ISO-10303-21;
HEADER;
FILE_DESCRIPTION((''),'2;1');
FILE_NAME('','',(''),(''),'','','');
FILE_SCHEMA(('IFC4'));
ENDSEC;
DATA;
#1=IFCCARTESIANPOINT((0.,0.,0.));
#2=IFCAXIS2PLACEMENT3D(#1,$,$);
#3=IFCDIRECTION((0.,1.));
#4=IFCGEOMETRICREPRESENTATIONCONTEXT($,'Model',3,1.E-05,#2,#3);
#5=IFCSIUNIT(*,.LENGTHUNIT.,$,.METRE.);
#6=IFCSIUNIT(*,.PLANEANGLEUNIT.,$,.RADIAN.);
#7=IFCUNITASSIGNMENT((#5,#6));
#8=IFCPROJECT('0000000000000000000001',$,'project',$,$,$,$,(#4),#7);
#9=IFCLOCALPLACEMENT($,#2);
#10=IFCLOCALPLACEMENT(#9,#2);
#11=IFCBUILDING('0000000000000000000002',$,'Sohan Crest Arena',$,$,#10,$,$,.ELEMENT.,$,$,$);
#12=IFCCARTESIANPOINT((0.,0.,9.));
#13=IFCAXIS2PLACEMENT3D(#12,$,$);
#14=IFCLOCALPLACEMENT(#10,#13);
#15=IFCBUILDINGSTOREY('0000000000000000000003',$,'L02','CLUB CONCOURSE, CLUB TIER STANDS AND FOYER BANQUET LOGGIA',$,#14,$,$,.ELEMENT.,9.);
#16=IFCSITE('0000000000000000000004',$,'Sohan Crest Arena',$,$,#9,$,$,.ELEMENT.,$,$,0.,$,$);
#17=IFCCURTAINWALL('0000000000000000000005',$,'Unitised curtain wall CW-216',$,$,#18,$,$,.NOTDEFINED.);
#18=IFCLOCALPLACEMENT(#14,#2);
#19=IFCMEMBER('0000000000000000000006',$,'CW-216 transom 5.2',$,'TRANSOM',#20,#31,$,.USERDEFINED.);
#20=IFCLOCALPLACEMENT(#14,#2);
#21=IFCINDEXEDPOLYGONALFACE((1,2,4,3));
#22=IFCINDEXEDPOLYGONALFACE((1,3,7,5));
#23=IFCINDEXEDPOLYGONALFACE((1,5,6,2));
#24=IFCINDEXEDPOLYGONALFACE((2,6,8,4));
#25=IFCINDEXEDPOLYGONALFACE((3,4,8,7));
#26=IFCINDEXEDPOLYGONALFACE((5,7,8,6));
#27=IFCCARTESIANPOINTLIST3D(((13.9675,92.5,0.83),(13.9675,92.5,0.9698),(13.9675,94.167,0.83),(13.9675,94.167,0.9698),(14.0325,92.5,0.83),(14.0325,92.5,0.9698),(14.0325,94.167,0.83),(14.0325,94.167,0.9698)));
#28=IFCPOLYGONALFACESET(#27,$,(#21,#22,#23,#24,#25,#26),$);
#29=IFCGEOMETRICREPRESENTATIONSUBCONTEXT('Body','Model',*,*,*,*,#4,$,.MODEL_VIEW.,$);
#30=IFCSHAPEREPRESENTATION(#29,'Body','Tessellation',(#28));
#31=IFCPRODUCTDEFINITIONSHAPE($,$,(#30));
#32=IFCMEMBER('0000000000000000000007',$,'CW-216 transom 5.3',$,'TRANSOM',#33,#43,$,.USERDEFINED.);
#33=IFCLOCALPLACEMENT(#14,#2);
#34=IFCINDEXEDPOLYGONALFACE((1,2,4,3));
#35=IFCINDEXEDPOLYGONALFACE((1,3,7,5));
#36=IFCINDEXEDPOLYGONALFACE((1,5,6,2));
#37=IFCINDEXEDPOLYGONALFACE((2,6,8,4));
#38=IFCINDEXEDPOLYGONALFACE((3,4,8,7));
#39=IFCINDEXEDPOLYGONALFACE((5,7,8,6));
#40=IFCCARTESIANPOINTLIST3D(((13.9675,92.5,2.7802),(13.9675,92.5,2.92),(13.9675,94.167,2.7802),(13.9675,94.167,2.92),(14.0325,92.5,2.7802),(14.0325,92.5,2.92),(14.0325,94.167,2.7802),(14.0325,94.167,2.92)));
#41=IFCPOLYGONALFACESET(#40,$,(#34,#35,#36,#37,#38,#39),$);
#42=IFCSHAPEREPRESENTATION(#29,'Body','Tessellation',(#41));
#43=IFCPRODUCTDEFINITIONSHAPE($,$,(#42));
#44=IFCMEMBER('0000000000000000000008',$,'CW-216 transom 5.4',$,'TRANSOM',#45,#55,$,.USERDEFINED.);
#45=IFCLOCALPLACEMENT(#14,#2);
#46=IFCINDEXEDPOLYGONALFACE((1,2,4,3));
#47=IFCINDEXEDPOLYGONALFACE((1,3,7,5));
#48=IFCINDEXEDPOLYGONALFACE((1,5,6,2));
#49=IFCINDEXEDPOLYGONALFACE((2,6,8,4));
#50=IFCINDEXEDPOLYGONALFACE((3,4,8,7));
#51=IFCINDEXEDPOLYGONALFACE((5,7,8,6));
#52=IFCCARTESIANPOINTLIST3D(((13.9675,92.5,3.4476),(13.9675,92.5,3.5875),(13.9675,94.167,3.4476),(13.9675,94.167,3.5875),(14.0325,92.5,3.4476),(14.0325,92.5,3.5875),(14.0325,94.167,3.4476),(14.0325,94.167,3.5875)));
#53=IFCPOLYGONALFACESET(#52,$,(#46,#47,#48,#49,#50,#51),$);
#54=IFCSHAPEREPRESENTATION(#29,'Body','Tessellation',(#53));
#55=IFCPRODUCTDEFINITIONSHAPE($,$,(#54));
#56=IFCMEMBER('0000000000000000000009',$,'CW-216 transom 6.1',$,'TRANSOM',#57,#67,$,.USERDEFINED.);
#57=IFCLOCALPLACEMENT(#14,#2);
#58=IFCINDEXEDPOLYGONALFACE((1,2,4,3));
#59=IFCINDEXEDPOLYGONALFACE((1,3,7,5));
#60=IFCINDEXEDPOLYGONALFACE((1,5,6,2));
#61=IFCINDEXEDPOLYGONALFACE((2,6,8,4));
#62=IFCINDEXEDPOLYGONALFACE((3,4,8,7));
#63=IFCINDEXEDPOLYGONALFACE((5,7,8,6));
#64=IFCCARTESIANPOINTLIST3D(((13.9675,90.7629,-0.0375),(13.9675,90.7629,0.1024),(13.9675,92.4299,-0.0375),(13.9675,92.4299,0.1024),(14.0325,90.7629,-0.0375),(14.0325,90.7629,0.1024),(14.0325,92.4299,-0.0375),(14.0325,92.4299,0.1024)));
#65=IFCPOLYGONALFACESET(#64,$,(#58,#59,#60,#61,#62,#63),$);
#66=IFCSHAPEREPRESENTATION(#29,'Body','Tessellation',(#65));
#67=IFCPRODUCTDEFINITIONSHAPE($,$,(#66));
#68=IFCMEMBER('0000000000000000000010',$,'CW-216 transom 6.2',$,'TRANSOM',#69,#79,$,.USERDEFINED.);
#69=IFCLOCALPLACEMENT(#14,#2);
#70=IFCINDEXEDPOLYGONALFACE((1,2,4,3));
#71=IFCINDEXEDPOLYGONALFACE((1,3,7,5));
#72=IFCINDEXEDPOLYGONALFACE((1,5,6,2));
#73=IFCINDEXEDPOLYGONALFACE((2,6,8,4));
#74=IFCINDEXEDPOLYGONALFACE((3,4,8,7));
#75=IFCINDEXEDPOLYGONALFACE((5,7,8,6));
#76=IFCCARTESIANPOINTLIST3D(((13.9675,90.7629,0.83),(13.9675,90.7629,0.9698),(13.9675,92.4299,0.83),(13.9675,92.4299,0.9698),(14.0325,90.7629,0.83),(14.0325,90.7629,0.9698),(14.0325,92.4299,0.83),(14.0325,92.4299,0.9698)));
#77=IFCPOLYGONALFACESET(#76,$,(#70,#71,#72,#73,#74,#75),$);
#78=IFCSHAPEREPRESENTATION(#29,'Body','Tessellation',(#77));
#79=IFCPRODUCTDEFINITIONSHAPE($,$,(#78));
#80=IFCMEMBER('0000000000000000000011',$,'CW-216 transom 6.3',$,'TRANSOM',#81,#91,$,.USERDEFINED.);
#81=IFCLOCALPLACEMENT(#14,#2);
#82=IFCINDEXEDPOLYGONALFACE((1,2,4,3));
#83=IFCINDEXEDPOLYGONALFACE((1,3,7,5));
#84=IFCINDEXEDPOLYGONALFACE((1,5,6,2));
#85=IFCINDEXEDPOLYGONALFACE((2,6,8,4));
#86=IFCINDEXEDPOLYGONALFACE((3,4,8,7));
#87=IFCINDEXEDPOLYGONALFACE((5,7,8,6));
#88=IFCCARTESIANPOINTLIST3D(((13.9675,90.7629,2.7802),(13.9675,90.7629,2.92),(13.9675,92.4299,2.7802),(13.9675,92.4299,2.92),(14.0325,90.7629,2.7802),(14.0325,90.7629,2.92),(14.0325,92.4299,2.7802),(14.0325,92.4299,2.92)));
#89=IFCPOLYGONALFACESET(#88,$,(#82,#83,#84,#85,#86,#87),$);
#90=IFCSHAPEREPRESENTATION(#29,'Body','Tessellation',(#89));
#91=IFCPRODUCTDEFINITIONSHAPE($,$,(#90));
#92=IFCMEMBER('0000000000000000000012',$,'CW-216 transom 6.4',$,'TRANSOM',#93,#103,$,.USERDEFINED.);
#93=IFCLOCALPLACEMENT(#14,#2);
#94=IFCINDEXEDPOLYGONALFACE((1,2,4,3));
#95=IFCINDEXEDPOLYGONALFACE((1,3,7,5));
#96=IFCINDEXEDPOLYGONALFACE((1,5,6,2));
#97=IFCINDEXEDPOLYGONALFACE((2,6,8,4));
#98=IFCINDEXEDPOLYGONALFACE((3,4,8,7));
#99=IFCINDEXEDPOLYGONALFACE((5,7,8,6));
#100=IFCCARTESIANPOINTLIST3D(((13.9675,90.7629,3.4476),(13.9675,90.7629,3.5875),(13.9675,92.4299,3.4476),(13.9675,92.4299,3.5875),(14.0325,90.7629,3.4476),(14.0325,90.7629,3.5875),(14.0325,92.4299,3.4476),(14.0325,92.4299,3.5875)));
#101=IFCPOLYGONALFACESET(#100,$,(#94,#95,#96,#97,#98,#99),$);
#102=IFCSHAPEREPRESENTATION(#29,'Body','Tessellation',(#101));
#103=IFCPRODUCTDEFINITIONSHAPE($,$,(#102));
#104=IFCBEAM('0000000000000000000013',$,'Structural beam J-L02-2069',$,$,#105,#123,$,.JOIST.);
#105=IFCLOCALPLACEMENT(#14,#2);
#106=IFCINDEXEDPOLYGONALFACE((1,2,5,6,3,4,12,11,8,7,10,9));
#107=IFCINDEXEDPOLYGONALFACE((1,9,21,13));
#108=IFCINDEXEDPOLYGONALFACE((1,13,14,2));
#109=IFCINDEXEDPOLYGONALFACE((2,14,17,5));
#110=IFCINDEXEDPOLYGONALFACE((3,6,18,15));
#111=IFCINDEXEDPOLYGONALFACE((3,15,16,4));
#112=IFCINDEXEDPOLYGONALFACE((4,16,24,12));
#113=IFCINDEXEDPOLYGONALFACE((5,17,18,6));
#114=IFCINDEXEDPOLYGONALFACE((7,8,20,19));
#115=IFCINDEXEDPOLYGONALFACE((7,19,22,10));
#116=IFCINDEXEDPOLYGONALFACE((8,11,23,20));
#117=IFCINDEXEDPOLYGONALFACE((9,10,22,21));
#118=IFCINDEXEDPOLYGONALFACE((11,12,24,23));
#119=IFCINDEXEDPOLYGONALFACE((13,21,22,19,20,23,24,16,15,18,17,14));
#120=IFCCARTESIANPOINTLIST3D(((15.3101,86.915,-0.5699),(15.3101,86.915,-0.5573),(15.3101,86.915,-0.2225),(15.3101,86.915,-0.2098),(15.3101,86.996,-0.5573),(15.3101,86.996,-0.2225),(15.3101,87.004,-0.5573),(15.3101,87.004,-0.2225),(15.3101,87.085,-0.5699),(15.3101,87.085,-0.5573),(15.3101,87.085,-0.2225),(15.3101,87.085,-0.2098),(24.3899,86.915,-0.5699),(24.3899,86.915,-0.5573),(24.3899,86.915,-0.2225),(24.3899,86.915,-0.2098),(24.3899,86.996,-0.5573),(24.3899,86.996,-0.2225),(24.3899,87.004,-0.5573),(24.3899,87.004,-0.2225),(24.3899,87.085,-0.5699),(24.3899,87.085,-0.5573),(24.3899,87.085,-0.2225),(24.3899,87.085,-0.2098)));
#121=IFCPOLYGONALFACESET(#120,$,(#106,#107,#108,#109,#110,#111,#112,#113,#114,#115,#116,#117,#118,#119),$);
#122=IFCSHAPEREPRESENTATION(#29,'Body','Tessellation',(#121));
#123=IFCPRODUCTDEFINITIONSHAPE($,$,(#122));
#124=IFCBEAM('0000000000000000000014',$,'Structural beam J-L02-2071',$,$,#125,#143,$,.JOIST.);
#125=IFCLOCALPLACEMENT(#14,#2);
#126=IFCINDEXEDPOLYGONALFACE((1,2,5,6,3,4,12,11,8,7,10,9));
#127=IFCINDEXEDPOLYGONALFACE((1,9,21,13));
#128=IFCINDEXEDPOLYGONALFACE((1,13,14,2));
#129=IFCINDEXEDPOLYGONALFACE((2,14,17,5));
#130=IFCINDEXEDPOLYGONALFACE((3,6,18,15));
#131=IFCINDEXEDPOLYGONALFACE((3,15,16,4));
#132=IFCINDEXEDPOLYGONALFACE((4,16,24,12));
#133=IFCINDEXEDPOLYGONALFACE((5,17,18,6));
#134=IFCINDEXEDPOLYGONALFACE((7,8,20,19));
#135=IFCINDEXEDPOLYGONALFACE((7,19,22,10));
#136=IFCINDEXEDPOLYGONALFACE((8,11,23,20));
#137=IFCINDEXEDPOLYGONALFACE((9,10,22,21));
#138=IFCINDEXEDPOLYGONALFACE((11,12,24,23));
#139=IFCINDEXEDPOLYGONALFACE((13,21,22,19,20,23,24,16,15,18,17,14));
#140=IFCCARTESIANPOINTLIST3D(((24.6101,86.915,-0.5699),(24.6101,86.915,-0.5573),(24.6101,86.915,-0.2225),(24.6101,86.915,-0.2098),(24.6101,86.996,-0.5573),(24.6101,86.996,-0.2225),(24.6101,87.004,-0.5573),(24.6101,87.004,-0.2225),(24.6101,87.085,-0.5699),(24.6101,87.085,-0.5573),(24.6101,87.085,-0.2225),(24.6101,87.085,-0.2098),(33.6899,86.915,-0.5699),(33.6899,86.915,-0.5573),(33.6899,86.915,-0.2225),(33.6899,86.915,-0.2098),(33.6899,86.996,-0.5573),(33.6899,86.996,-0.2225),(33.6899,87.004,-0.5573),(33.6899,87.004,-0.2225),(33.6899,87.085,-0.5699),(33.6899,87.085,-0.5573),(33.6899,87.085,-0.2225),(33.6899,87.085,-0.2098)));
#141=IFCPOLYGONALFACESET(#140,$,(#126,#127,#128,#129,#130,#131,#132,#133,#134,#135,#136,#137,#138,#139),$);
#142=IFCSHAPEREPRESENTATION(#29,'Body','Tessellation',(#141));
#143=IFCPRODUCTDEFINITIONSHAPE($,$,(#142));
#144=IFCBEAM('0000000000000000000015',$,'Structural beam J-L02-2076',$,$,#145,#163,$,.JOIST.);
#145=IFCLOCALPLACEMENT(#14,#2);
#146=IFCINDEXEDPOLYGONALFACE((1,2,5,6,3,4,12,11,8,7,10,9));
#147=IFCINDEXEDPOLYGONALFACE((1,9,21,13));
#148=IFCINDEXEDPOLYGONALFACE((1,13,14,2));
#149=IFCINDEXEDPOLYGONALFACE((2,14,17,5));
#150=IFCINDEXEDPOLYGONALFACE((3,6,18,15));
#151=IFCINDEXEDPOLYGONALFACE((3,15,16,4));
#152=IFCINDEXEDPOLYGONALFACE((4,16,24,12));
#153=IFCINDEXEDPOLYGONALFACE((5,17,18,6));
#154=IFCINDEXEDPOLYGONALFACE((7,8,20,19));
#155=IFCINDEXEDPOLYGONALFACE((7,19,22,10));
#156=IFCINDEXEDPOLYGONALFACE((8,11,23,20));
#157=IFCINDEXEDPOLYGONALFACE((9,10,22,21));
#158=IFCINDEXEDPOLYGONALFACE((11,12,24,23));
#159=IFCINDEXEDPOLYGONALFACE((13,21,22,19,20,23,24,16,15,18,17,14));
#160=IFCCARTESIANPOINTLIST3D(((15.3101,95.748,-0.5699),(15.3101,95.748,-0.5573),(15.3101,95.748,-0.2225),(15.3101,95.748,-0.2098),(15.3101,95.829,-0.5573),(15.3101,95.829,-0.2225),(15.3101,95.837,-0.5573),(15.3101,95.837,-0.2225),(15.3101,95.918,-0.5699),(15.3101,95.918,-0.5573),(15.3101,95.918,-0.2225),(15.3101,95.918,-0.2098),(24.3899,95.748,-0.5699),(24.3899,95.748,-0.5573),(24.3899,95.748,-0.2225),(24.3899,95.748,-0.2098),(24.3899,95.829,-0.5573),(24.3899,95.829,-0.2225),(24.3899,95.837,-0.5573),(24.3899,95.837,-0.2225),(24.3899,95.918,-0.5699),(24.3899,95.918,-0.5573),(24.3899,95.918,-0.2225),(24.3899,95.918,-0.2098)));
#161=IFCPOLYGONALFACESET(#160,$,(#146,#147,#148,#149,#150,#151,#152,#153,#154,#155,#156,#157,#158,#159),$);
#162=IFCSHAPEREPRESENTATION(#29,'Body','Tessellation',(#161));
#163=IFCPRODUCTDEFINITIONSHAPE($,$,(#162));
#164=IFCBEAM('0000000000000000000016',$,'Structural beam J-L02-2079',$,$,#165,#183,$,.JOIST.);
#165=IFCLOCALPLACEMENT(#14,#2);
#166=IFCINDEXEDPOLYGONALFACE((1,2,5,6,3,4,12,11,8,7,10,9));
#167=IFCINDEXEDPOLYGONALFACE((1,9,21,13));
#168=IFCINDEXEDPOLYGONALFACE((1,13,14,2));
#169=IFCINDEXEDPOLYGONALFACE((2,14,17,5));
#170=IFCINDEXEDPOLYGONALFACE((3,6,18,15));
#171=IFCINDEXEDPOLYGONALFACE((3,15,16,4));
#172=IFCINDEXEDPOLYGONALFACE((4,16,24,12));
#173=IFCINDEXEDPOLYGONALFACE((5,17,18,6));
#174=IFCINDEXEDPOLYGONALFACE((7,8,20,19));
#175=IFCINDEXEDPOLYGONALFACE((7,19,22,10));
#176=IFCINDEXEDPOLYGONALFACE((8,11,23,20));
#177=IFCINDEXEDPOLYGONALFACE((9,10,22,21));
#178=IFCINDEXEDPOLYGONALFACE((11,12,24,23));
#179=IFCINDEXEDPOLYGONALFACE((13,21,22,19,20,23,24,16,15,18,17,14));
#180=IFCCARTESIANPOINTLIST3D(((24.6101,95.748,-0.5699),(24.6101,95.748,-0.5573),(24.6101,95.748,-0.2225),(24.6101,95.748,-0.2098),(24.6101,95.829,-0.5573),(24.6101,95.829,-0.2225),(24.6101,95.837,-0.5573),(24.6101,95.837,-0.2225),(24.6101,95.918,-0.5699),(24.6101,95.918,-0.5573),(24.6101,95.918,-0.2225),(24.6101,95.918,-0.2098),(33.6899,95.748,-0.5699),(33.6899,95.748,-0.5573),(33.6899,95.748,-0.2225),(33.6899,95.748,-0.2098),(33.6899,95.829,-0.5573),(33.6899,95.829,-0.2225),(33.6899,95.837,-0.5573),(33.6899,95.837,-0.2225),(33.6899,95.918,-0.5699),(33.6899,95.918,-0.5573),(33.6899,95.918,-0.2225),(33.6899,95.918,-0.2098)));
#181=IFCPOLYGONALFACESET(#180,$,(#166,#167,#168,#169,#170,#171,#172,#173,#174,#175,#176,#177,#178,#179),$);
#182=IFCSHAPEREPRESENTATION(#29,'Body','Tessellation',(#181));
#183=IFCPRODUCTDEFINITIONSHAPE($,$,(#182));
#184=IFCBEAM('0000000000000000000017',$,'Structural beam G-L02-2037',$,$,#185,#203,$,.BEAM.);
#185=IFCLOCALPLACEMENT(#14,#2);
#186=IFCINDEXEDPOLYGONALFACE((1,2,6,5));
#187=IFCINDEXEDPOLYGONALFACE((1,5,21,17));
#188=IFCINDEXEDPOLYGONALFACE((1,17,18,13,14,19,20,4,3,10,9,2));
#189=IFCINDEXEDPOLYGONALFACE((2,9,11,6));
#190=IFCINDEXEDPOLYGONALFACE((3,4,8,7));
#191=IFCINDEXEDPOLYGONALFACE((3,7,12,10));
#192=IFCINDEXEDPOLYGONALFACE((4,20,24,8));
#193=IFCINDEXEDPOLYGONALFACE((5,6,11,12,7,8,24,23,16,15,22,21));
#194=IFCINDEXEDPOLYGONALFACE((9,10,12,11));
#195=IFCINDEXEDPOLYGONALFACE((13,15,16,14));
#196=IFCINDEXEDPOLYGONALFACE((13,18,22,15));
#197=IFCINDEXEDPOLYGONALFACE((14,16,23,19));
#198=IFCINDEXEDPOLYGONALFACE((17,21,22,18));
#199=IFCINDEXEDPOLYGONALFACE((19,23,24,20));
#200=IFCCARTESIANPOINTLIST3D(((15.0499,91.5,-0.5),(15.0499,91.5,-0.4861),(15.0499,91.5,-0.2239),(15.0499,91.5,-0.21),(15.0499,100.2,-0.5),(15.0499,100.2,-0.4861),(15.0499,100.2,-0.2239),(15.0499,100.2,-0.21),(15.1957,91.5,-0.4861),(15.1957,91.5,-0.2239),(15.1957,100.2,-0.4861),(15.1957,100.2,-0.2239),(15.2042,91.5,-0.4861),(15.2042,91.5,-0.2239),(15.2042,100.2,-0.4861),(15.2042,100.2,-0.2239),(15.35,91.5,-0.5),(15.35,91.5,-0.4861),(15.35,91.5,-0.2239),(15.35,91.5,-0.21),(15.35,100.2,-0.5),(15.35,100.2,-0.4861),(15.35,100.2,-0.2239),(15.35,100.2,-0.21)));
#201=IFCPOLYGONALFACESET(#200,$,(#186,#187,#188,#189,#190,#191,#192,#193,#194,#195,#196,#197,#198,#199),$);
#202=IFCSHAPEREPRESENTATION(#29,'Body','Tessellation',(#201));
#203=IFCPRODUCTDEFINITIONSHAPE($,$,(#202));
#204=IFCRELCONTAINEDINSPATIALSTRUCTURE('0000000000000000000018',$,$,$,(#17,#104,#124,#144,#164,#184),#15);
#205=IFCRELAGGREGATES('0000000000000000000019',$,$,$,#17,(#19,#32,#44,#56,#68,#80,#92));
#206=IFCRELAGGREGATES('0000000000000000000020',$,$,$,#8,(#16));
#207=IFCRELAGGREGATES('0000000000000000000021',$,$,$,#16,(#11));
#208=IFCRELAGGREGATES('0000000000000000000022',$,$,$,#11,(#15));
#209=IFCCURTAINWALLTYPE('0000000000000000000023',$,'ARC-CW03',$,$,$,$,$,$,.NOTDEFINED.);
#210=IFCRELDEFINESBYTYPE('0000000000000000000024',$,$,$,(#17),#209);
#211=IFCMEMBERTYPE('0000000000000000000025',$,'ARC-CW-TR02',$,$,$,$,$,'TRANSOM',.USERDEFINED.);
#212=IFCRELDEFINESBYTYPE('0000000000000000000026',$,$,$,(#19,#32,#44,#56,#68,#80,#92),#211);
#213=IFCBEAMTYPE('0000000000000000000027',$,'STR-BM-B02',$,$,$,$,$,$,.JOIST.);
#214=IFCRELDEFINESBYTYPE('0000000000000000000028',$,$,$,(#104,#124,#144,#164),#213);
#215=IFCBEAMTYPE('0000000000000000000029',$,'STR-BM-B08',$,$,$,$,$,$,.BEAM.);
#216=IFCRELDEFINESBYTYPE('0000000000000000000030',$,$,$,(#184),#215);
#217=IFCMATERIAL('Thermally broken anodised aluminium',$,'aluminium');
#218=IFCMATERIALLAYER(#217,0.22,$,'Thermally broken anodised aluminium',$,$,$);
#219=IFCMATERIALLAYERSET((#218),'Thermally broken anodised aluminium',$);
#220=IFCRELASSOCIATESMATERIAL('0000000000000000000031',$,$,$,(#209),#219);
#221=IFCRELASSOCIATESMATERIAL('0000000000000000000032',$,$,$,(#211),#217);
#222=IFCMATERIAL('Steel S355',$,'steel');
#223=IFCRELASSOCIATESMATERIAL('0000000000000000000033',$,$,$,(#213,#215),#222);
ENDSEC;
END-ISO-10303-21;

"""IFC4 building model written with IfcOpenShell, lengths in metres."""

from ifc_helpers import new_model, si_unit, direction, frame, origin, origin_2d, place, context, subcontext, project, spatial, rectangle, i_section, extrude, material, layer, layer_set, material_profile, profile_set, type_object, element, aggregate, save


model = new_model("IFC4")

# Units and contexts
model_context = context("Model", 3, precision=1e-05, world=origin(), true_north=direction((0.0, 1.0)))
body_context = subcontext(model_context, "Body", "Model", "MODEL_VIEW")
ifc_project = project(units=[si_unit("LENGTHUNIT", "METRE"), si_unit("PLANEANGLEUNIT", "RADIAN")], contexts=[model_context])

# Site, building, storey
site_placement = place(None, origin())
site = spatial("IfcSite", under=ifc_project, at=site_placement, Name="Sohan Crest Arena", CompositionType="ELEMENT", RefElevation=0.0)
building_placement = place(site_placement, origin())
building = spatial("IfcBuilding", under=site, at=building_placement, Name="Sohan Crest Arena", CompositionType="ELEMENT")
storey_placement = place(building_placement, frame((0.0, 0.0, 9.0)))
storey = spatial("IfcBuildingStorey", under=building, at=storey_placement, Name="L02", Description="CLUB CONCOURSE, CLUB TIER STANDS AND FOYER BANQUET LOGGIA", CompositionType="ELEMENT", Elevation=9.0)

# Curtain wall, members
ifc_material_1 = material(Name="Thermally broken anodised aluminium", Category="aluminium")
ifc_layer_1 = layer(ifc_material_1, 0.22, Name="Thermally broken anodised aluminium")
ifc_layer_set_1 = layer_set([ifc_layer_1], Name="Thermally broken anodised aluminium")
curtain_wall_type = type_object("IfcCurtainWallType", Name="ARC-CW03", PredefinedType="NOTDEFINED", material=ifc_layer_set_1)
curtain_wall_placement = place(storey_placement, origin())
curtain_wall = element("IfcCurtainWall", 1, at=curtain_wall_placement, inside=storey, type_object=curtain_wall_type, Name="Unitised curtain wall CW-216", PredefinedType="NOTDEFINED")
ifc_material_profile_1 = material_profile(ifc_material_1, rectangle(XDim=0.0649, YDim=0.1399, at=origin_2d()), Name="ALU-TRAN 65x140")
ifc_profile_set_1 = profile_set([ifc_material_profile_1], Name="Thermally broken anodised aluminium")
member_type_1 = type_object("IfcMemberType", Name="ARC-CW-TR02", ElementType="TRANSOM", PredefinedType="USERDEFINED", material=ifc_profile_set_1)
member_1_placement = place(storey_placement, frame((14.0, 94.167, 0.8999), z_axis=(0.0, -1.0, 0.0), x_axis=(1.0, 0.0, 0.0)))
member_1 = element("IfcMember", 2, at=member_1_placement, type_object=member_type_1, Name="CW-216 transom 5.2", ObjectType="TRANSOM", PredefinedType="USERDEFINED", context=body_context, shape_type="SweptSolid", body=[
    extrude(rectangle(XDim=0.0649, YDim=0.1399, at=origin_2d()), origin(), (0.0, 0.0, 1.0), 1.667),
])
member_2_placement = place(storey_placement, frame((14.0, 94.167, 2.8501), z_axis=(0.0, -1.0, 0.0), x_axis=(1.0, 0.0, 0.0)))
member_2 = element("IfcMember", 3, at=member_2_placement, type_object=member_type_1, Name="CW-216 transom 5.3", ObjectType="TRANSOM", PredefinedType="USERDEFINED", context=body_context, shape_type="SweptSolid", body=[
    extrude(rectangle(XDim=0.0649, YDim=0.1399, at=origin_2d()), origin(), (0.0, 0.0, 1.0), 1.667),
])
member_3_placement = place(storey_placement, frame((14.0, 94.167, 3.5176), z_axis=(0.0, -1.0, 0.0), x_axis=(1.0, 0.0, 0.0)))
member_3 = element("IfcMember", 4, at=member_3_placement, type_object=member_type_1, Name="CW-216 transom 5.4", ObjectType="TRANSOM", PredefinedType="USERDEFINED", context=body_context, shape_type="SweptSolid", body=[
    extrude(rectangle(XDim=0.0649, YDim=0.1399, at=origin_2d()), origin(), (0.0, 0.0, 1.0), 1.667),
])
member_4_placement = place(storey_placement, frame((14.0, 92.4299, 0.0325), z_axis=(0.0, -1.0, 0.0), x_axis=(1.0, 0.0, 0.0)))
member_4 = element("IfcMember", 5, at=member_4_placement, type_object=member_type_1, Name="CW-216 transom 6.1", ObjectType="TRANSOM", PredefinedType="USERDEFINED", context=body_context, shape_type="SweptSolid", body=[
    extrude(rectangle(XDim=0.0649, YDim=0.1399, at=origin_2d()), origin(), (0.0, 0.0, 1.0), 1.667),
])
member_5_placement = place(storey_placement, frame((14.0, 92.4299, 0.8999), z_axis=(0.0, -1.0, 0.0), x_axis=(1.0, 0.0, 0.0)))
member_5 = element("IfcMember", 6, at=member_5_placement, type_object=member_type_1, Name="CW-216 transom 6.2", ObjectType="TRANSOM", PredefinedType="USERDEFINED", context=body_context, shape_type="SweptSolid", body=[
    extrude(rectangle(XDim=0.0649, YDim=0.1399, at=origin_2d()), origin(), (0.0, 0.0, 1.0), 1.667),
])
member_6_placement = place(storey_placement, frame((14.0, 92.4299, 2.8501), z_axis=(0.0, -1.0, 0.0), x_axis=(1.0, 0.0, 0.0)))
member_6 = element("IfcMember", 7, at=member_6_placement, type_object=member_type_1, Name="CW-216 transom 6.3", ObjectType="TRANSOM", PredefinedType="USERDEFINED", context=body_context, shape_type="SweptSolid", body=[
    extrude(rectangle(XDim=0.0649, YDim=0.1399, at=origin_2d()), origin(), (0.0, 0.0, 1.0), 1.667),
])
member_7_placement = place(storey_placement, frame((14.0, 92.4299, 3.5176), z_axis=(0.0, -1.0, 0.0), x_axis=(1.0, 0.0, 0.0)))
member_7 = element("IfcMember", 8, at=member_7_placement, type_object=member_type_1, Name="CW-216 transom 6.4", ObjectType="TRANSOM", PredefinedType="USERDEFINED", context=body_context, shape_type="SweptSolid", body=[
    extrude(rectangle(XDim=0.0649, YDim=0.1399, at=origin_2d()), origin(), (0.0, 0.0, 1.0), 1.667),
])

# Beams
ifc_material_2 = material(Name="Steel S355", Category="steel")
ifc_material_profile_2 = material_profile(ifc_material_2, i_section(OverallWidth=0.1699, OverallDepth=0.3601, WebThickness=0.0081, FlangeThickness=0.0127, at=origin_2d()), Name="IPE 360")
ifc_profile_set_2 = profile_set([ifc_material_profile_2], Name="Steel S355")
beam_type_1 = type_object("IfcBeamType", Name="STR-BM-B02", PredefinedType="JOIST", material=ifc_profile_set_2)
for number, where, z_axis, x_axis, name in (
    (9, (15.3101, 87.0, -0.3899), (1.0, 0.0, 0.0), (0.0, 1.0, 0.0), "Structural beam J-L02-2069"),
    (10, (24.6101, 87.0, -0.3899), (1.0, 0.0, 0.0), (0.0, 1.0, 0.0), "Structural beam J-L02-2071"),
    (11, (15.3101, 95.833, -0.3899), (1.0, 0.0, 0.0), (0.0, 1.0, 0.0), "Structural beam J-L02-2076"),
    (12, (24.6101, 95.833, -0.3899), (1.0, 0.0, 0.0), (0.0, 1.0, 0.0), "Structural beam J-L02-2079"),
):
    element("IfcBeam", number, at=place(storey_placement, frame(where, z_axis=z_axis, x_axis=x_axis)), inside=storey, type_object=beam_type_1, Name=name, PredefinedType="JOIST", context=body_context, shape_type="SweptSolid", body=[
        extrude(i_section(OverallWidth=0.1699, OverallDepth=0.3601, WebThickness=0.0081, FlangeThickness=0.0127, at=origin_2d()), origin(), (0.0, 0.0, 1.0), 9.0798),
    ])
ifc_material_profile_3 = material_profile(ifc_material_2, i_section(OverallWidth=0.3, OverallDepth=0.29, WebThickness=0.0085, FlangeThickness=0.0139, at=origin_2d()), Name="HEA 300")
ifc_profile_set_3 = profile_set([ifc_material_profile_3], Name="Steel S355")
beam_type_2 = type_object("IfcBeamType", Name="STR-BM-B08", PredefinedType="BEAM", material=ifc_profile_set_3)
beam_1_placement = place(storey_placement, frame((15.2, 91.5, -0.355), z_axis=(0.0, 1.0, 0.0), x_axis=(-1.0, 0.0, 0.0)))
element("IfcBeam", 13, at=beam_1_placement, inside=storey, type_object=beam_type_2, Name="Structural beam G-L02-2037", PredefinedType="BEAM", context=body_context, shape_type="SweptSolid", body=[
    extrude(i_section(OverallWidth=0.3, OverallDepth=0.29, WebThickness=0.0085, FlangeThickness=0.0139, at=origin_2d()), origin(), (0.0, 0.0, 1.0), 8.7),
])

aggregate(curtain_wall, [member_1, member_2, member_3, member_4, member_5, member_6, member_7])

save(model, "model.ifc")
